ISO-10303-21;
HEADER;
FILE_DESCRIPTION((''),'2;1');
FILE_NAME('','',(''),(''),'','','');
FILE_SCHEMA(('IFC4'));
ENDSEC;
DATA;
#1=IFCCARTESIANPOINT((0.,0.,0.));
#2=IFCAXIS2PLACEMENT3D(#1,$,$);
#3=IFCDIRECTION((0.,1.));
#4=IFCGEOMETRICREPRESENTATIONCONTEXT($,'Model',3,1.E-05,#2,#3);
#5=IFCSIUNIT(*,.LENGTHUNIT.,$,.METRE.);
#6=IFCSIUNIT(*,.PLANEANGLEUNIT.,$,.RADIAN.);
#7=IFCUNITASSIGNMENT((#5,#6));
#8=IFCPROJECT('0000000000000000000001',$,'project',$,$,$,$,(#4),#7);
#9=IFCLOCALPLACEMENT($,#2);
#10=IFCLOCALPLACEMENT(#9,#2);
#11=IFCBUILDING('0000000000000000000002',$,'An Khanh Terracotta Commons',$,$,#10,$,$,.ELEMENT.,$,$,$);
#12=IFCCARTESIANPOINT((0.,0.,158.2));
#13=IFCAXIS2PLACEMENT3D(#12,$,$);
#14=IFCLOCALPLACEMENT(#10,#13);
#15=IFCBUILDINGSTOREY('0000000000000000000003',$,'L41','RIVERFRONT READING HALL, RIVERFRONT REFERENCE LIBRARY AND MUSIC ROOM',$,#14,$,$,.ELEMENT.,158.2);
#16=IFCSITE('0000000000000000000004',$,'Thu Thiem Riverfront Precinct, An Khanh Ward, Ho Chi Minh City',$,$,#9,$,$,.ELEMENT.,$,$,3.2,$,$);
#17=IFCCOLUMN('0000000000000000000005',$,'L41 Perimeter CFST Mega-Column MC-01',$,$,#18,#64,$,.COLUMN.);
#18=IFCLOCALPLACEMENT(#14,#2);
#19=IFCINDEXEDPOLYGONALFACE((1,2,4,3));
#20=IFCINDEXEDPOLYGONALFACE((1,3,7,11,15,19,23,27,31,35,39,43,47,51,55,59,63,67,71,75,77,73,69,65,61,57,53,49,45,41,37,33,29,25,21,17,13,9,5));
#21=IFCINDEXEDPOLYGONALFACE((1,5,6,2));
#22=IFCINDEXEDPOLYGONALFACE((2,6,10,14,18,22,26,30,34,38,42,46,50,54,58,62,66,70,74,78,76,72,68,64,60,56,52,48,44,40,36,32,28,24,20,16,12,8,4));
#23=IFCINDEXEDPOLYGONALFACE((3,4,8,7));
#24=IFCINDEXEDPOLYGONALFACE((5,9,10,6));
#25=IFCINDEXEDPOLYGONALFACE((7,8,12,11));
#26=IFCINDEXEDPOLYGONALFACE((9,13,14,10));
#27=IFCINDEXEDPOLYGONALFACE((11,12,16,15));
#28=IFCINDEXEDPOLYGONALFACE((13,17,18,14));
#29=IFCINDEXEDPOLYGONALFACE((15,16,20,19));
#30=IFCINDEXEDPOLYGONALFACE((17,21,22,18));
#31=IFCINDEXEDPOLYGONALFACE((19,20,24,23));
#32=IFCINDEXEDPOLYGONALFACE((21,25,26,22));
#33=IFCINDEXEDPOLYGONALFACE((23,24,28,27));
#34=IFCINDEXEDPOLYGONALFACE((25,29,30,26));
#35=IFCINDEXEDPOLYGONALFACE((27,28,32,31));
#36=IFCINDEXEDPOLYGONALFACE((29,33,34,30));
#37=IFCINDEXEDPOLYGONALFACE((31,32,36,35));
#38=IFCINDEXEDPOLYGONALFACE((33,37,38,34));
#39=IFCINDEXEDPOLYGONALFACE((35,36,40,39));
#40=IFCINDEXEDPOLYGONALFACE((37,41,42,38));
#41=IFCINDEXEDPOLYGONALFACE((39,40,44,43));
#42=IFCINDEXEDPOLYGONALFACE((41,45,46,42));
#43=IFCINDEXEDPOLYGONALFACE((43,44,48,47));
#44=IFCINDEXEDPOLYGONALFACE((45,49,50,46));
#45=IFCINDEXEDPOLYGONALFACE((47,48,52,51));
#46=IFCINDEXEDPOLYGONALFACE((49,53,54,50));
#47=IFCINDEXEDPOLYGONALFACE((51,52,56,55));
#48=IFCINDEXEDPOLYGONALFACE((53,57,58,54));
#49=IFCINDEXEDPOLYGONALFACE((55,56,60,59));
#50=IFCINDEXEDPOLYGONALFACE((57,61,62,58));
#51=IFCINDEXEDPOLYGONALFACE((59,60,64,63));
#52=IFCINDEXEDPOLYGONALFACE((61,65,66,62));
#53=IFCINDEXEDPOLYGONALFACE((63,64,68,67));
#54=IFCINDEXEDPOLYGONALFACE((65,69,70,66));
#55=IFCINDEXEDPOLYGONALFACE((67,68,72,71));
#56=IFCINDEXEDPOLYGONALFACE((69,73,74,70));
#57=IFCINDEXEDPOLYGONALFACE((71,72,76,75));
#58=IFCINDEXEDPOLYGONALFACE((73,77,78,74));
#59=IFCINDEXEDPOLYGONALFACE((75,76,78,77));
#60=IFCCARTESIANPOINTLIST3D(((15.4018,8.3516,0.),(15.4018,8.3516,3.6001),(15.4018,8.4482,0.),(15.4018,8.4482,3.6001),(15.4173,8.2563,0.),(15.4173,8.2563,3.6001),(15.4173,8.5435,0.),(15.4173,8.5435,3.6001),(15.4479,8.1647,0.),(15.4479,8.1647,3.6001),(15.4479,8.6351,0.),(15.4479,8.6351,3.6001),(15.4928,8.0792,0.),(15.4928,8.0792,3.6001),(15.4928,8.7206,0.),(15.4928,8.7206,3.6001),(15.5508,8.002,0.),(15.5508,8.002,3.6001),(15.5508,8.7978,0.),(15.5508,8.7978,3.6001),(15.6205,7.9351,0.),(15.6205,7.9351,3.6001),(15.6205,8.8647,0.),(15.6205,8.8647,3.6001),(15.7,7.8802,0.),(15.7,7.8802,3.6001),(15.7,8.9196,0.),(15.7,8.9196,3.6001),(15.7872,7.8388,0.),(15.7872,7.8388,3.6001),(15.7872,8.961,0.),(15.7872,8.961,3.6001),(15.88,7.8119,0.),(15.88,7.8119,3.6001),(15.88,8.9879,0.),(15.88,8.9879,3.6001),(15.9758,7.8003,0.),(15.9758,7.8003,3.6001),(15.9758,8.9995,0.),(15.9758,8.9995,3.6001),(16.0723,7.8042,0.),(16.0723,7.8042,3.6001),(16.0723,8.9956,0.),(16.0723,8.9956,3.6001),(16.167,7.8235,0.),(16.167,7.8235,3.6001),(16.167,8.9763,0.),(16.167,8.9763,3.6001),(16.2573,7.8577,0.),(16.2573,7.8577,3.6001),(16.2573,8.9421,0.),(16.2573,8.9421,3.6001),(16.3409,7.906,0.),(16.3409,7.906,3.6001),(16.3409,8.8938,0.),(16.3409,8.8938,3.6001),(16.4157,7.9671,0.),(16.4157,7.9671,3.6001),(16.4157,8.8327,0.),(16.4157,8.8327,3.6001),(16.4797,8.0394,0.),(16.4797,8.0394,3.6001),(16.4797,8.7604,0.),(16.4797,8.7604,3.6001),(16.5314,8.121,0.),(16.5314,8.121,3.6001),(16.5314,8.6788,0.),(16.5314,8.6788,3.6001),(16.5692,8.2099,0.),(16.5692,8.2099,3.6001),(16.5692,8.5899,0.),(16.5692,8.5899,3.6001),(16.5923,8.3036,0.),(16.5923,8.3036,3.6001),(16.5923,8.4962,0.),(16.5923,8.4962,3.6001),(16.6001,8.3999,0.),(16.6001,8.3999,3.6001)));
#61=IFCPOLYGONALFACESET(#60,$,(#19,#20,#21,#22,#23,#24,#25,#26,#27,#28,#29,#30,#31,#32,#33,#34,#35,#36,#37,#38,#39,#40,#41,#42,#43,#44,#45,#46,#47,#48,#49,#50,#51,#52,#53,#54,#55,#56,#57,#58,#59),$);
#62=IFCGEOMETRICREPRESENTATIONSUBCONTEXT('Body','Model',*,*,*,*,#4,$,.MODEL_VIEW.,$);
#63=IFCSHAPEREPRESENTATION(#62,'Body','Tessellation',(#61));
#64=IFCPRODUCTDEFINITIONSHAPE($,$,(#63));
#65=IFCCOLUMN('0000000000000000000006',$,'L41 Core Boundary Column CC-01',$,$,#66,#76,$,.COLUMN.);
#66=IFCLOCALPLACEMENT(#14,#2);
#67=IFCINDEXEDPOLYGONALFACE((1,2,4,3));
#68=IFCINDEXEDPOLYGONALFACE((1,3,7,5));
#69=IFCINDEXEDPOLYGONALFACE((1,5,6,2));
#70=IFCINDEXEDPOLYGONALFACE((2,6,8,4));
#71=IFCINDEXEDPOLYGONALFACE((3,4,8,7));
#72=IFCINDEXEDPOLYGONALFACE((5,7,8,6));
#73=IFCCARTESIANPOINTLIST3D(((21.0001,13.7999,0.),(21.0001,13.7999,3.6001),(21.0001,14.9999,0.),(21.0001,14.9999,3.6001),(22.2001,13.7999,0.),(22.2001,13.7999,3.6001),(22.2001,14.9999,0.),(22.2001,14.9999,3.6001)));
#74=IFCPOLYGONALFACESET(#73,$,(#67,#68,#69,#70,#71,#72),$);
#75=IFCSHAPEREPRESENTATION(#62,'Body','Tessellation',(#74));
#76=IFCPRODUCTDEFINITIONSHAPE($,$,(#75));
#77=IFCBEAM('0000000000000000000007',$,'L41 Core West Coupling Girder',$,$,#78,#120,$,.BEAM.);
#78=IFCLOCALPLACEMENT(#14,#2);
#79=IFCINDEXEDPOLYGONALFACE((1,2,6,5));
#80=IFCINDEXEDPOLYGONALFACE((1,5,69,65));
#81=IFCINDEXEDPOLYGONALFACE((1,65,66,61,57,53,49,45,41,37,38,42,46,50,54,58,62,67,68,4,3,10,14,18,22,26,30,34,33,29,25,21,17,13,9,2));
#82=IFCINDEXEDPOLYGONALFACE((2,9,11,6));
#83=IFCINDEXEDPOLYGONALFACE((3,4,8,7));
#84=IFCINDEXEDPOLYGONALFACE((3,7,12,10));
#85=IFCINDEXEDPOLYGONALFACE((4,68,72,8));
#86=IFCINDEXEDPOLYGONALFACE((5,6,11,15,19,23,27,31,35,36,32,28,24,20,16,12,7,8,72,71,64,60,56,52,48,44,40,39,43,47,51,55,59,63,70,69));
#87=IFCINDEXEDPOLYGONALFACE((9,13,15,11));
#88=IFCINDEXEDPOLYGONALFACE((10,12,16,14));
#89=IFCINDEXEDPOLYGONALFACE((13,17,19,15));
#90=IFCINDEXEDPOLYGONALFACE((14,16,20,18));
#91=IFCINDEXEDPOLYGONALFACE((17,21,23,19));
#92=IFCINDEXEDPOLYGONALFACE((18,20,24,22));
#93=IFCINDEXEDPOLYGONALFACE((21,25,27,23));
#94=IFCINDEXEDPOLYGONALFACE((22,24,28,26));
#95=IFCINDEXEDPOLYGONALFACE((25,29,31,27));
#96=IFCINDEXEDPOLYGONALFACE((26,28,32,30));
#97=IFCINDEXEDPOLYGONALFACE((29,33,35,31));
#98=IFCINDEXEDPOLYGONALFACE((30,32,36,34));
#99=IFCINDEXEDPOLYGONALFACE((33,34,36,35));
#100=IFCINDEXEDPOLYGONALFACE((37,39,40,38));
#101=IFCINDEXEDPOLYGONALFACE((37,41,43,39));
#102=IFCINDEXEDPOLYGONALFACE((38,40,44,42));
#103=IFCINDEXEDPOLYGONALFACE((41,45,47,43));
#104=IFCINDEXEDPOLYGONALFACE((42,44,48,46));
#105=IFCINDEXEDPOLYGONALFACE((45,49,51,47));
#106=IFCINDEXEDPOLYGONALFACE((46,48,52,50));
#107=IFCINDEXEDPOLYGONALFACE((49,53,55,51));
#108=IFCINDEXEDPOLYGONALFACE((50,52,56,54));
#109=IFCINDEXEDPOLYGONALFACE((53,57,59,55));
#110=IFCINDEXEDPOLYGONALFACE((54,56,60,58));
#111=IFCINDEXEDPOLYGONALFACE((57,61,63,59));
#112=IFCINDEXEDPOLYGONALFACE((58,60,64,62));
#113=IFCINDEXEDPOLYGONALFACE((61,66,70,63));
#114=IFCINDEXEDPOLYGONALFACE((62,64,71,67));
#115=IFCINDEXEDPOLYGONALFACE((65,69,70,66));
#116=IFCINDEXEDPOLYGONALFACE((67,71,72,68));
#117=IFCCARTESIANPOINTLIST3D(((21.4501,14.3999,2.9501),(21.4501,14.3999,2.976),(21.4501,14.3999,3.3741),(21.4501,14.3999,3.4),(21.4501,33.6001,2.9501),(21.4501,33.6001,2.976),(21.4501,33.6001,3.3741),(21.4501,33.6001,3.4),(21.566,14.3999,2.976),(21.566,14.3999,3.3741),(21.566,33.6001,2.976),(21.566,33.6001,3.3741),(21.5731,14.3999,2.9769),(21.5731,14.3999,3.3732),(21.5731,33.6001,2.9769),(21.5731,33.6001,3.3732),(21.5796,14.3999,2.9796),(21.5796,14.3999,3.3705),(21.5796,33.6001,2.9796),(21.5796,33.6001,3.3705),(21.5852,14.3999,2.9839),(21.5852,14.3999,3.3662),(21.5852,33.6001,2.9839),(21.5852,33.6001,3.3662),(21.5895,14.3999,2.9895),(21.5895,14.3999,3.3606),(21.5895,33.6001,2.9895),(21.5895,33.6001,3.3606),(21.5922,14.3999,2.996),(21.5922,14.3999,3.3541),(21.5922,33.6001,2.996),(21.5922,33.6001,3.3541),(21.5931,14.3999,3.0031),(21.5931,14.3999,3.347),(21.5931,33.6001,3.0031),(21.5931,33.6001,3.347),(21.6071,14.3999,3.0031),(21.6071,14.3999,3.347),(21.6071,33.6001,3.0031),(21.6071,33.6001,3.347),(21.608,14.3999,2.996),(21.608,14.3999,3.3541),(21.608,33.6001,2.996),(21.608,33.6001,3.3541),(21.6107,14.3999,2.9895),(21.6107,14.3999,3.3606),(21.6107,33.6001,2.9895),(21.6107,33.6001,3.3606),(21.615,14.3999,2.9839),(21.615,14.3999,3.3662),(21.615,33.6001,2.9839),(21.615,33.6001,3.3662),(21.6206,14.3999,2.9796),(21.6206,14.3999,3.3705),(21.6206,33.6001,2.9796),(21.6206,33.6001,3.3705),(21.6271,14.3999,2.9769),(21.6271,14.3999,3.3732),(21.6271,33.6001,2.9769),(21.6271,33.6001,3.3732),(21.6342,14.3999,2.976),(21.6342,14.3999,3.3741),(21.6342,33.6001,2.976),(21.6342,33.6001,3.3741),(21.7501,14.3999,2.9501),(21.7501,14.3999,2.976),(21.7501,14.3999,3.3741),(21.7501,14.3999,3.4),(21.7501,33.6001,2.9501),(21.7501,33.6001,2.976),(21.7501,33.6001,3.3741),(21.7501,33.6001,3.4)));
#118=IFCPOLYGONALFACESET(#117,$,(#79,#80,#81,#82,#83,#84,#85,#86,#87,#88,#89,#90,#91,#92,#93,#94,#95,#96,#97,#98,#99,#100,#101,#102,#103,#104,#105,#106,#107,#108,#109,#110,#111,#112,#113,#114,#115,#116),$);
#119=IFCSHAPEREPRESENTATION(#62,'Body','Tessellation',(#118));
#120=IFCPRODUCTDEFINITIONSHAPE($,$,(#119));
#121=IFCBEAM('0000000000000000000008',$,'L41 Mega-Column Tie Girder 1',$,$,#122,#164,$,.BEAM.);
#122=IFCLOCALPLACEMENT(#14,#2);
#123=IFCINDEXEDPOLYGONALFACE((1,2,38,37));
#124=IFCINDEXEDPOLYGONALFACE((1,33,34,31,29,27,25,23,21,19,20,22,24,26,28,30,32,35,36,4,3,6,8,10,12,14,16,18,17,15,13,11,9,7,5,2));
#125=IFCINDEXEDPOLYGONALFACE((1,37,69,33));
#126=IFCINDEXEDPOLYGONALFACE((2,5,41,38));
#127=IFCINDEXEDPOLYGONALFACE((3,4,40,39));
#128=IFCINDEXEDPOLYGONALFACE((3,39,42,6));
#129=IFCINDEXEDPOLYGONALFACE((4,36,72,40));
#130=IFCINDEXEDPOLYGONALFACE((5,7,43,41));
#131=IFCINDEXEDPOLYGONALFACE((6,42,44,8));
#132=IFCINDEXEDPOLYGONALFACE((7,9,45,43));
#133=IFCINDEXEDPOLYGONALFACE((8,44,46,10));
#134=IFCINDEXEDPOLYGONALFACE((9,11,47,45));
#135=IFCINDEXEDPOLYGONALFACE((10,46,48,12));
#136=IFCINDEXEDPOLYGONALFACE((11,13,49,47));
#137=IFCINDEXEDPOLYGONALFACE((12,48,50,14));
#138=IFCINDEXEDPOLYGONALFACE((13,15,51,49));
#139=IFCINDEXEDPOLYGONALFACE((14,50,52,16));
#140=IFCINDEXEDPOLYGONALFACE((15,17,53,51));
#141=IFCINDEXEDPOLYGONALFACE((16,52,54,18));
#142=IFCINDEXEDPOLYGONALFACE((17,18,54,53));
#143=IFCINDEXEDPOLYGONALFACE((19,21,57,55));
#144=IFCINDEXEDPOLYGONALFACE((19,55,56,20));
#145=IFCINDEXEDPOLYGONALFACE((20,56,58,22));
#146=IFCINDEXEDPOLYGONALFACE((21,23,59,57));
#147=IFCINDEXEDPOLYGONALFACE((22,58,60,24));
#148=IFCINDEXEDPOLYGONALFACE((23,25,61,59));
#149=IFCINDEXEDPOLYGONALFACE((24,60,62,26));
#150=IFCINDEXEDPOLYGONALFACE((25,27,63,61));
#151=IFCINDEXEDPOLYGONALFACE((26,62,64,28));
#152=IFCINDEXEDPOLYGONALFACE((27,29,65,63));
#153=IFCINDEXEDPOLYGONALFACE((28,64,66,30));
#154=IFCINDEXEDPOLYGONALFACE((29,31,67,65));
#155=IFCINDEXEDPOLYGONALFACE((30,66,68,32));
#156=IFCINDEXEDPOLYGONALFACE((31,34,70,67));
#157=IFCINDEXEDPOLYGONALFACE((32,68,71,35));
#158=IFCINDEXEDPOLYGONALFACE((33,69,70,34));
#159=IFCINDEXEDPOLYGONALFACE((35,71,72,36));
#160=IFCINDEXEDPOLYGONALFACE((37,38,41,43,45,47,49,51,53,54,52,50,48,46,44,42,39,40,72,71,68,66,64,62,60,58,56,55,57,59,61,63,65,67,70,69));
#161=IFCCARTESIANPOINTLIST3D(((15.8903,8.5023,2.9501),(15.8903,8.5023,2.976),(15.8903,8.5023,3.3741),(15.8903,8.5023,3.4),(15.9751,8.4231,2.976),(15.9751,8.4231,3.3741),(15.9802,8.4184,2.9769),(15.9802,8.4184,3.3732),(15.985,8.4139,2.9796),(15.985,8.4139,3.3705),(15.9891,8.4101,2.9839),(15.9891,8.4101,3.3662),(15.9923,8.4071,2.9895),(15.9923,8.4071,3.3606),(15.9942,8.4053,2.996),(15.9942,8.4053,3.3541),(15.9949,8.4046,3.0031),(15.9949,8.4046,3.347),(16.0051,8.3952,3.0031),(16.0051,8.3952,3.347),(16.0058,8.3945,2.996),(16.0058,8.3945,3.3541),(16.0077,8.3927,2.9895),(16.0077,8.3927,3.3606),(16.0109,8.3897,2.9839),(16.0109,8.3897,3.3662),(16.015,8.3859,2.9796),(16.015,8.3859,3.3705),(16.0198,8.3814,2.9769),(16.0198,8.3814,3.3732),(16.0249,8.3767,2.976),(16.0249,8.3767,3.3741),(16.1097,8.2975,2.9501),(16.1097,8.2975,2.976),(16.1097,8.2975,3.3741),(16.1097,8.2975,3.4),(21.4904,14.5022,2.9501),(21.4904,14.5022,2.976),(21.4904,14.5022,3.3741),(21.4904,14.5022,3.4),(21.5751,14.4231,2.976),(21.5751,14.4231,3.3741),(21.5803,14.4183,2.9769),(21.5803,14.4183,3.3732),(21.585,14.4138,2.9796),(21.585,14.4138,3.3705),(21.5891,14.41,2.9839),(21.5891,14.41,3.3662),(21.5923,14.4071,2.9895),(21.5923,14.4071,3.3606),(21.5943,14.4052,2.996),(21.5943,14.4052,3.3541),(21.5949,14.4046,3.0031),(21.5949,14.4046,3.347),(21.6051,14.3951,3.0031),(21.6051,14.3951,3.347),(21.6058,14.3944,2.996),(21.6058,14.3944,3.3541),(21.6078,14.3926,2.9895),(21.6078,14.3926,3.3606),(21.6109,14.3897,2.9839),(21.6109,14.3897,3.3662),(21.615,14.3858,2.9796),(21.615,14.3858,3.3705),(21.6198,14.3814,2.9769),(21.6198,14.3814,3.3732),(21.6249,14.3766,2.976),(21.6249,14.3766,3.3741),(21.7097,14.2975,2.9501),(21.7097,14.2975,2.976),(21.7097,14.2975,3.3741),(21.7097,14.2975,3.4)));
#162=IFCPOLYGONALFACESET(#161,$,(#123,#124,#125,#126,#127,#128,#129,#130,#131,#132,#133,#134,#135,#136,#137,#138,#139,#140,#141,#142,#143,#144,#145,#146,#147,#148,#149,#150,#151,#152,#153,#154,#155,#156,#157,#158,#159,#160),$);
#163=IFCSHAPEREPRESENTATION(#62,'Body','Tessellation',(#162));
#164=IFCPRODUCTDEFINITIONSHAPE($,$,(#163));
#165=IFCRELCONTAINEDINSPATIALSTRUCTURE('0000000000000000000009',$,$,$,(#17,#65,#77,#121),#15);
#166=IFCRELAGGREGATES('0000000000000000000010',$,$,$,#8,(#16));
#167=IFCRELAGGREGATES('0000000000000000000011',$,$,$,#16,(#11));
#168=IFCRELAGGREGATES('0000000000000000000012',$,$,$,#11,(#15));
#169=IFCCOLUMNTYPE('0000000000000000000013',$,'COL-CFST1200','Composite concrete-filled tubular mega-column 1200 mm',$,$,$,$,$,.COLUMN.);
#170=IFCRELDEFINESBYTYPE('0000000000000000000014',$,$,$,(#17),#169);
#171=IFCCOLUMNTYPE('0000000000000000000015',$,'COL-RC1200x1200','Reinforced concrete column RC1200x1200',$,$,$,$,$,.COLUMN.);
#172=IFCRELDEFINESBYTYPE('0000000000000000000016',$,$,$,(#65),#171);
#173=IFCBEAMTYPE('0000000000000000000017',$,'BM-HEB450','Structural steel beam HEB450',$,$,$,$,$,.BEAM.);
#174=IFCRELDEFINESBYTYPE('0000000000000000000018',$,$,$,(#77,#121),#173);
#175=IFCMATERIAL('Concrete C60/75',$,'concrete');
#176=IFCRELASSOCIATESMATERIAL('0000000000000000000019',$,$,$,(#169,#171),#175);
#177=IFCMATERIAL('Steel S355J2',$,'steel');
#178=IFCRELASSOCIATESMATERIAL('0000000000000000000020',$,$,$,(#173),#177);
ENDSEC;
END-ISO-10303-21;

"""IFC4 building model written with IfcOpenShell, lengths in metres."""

from ifc_helpers import new_model, si_unit, direction, frame, origin, origin_2d, place, context, subcontext, project, spatial, rectangle, circle, i_section, extrude, material, material_profile, profile_set, type_object, element, save


model = new_model("IFC4")

# Units and contexts
model_context = context("Model", 3, precision=1e-05, world=origin(), true_north=direction((0.0, 1.0)))
body_context = subcontext(model_context, "Body", "Model", "MODEL_VIEW")
ifc_project = project(units=[si_unit("LENGTHUNIT", "METRE"), si_unit("PLANEANGLEUNIT", "RADIAN")], contexts=[model_context])

# Site, building, storey
site_placement = place(None, origin())
site = spatial("IfcSite", under=ifc_project, at=site_placement, Name="Thu Thiem Riverfront Precinct, An Khanh Ward, Ho Chi Minh City", CompositionType="ELEMENT", RefElevation=3.2)
building_placement = place(site_placement, origin())
building = spatial("IfcBuilding", under=site, at=building_placement, Name="An Khanh Terracotta Commons", CompositionType="ELEMENT")
storey_placement = place(building_placement, frame((0.0, 0.0, 158.2)))
storey = spatial("IfcBuildingStorey", under=building, at=storey_placement, Name="L41", Description="RIVERFRONT READING HALL, RIVERFRONT REFERENCE LIBRARY AND MUSIC ROOM", CompositionType="ELEMENT", Elevation=158.2)

# Columns
ifc_material_1 = material(Name="Concrete C60/75", Category="concrete")
ifc_material_profile_1 = material_profile(ifc_material_1, circle(Radius=0.6001, at=origin_2d()), Name="CFST1200")
ifc_profile_set_1 = profile_set([ifc_material_profile_1], Name="Concrete C60/75")
column_type_1 = type_object("IfcColumnType", Name="COL-CFST1200", Description="Composite concrete-filled tubular mega-column 1200 mm", PredefinedType="COLUMN", material=ifc_profile_set_1)
column_1_placement = place(storey_placement, frame((16.0, 8.3999, 0.0), z_axis=(0.0, 0.0, 1.0), x_axis=(1.0, 0.0, 0.0)))
element("IfcColumn", 1, at=column_1_placement, inside=storey, type_object=column_type_1, Name="L41 Perimeter CFST Mega-Column MC-01", PredefinedType="COLUMN", context=body_context, shape_type="SweptSolid", body=[
    extrude(circle(Radius=0.6001, at=origin_2d()), origin(), (0.0, 0.0, 1.0), 3.6001),
])
ifc_material_profile_2 = material_profile(ifc_material_1, rectangle(XDim=1.2, YDim=1.2, at=origin_2d()), Name="RC1200x1200")
ifc_profile_set_2 = profile_set([ifc_material_profile_2], Name="Concrete C60/75")
column_type_2 = type_object("IfcColumnType", Name="COL-RC1200x1200", Description="Reinforced concrete column RC1200x1200", PredefinedType="COLUMN", material=ifc_profile_set_2)
column_2_placement = place(storey_placement, frame((21.6001, 14.3999, 0.0), z_axis=(0.0, 0.0, 1.0), x_axis=(1.0, 0.0, 0.0)))
element("IfcColumn", 2, at=column_2_placement, inside=storey, type_object=column_type_2, Name="L41 Core Boundary Column CC-01", PredefinedType="COLUMN", context=body_context, shape_type="SweptSolid", body=[
    extrude(rectangle(XDim=1.2, YDim=1.2, at=origin_2d()), origin(), (0.0, 0.0, 1.0), 3.6001),
])

# Beams
ifc_material_2 = material(Name="Steel S355J2", Category="steel")
ifc_material_profile_3 = material_profile(ifc_material_2, i_section(OverallWidth=0.3, OverallDepth=0.45, WebThickness=0.0139, FlangeThickness=0.0259, FilletRadius=0.0271, at=origin_2d()), Name="HEB450")
ifc_profile_set_3 = profile_set([ifc_material_profile_3], Name="Steel S355J2")
beam_type_1 = type_object("IfcBeamType", Name="BM-HEB450", Description="Structural steel beam HEB450", PredefinedType="BEAM", material=ifc_profile_set_3)
beam_1_placement = place(storey_placement, frame((21.6001, 14.3999, 3.175), z_axis=(0.0, 1.0, 0.0), x_axis=(-1.0, 0.0, 0.0)))
element("IfcBeam", 3, at=beam_1_placement, inside=storey, type_object=beam_type_1, Name="L41 Core West Coupling Girder", PredefinedType="BEAM", context=body_context, shape_type="SweptSolid", body=[
    extrude(i_section(OverallWidth=0.3, OverallDepth=0.45, WebThickness=0.0139, FlangeThickness=0.0259, FilletRadius=0.0271, at=origin_2d()), origin(), (0.0, 0.0, 1.0), 19.2002),
])
beam_2_placement = place(storey_placement, frame((16.0, 8.3999, 3.175), z_axis=(0.682325, 0.731049, 0.0), x_axis=(-0.731049, 0.682325, 0.0)))
element("IfcBeam", 4, at=beam_2_placement, inside=storey, type_object=beam_type_1, Name="L41 Mega-Column Tie Girder 1", PredefinedType="BEAM", context=body_context, shape_type="SweptSolid", body=[
    extrude(i_section(OverallWidth=0.3, OverallDepth=0.45, WebThickness=0.0139, FlangeThickness=0.0259, FilletRadius=0.0271, at=origin_2d()), origin(), (0.0, 0.0, 1.0), 8.2073),
])

save(model, "model.ifc")
